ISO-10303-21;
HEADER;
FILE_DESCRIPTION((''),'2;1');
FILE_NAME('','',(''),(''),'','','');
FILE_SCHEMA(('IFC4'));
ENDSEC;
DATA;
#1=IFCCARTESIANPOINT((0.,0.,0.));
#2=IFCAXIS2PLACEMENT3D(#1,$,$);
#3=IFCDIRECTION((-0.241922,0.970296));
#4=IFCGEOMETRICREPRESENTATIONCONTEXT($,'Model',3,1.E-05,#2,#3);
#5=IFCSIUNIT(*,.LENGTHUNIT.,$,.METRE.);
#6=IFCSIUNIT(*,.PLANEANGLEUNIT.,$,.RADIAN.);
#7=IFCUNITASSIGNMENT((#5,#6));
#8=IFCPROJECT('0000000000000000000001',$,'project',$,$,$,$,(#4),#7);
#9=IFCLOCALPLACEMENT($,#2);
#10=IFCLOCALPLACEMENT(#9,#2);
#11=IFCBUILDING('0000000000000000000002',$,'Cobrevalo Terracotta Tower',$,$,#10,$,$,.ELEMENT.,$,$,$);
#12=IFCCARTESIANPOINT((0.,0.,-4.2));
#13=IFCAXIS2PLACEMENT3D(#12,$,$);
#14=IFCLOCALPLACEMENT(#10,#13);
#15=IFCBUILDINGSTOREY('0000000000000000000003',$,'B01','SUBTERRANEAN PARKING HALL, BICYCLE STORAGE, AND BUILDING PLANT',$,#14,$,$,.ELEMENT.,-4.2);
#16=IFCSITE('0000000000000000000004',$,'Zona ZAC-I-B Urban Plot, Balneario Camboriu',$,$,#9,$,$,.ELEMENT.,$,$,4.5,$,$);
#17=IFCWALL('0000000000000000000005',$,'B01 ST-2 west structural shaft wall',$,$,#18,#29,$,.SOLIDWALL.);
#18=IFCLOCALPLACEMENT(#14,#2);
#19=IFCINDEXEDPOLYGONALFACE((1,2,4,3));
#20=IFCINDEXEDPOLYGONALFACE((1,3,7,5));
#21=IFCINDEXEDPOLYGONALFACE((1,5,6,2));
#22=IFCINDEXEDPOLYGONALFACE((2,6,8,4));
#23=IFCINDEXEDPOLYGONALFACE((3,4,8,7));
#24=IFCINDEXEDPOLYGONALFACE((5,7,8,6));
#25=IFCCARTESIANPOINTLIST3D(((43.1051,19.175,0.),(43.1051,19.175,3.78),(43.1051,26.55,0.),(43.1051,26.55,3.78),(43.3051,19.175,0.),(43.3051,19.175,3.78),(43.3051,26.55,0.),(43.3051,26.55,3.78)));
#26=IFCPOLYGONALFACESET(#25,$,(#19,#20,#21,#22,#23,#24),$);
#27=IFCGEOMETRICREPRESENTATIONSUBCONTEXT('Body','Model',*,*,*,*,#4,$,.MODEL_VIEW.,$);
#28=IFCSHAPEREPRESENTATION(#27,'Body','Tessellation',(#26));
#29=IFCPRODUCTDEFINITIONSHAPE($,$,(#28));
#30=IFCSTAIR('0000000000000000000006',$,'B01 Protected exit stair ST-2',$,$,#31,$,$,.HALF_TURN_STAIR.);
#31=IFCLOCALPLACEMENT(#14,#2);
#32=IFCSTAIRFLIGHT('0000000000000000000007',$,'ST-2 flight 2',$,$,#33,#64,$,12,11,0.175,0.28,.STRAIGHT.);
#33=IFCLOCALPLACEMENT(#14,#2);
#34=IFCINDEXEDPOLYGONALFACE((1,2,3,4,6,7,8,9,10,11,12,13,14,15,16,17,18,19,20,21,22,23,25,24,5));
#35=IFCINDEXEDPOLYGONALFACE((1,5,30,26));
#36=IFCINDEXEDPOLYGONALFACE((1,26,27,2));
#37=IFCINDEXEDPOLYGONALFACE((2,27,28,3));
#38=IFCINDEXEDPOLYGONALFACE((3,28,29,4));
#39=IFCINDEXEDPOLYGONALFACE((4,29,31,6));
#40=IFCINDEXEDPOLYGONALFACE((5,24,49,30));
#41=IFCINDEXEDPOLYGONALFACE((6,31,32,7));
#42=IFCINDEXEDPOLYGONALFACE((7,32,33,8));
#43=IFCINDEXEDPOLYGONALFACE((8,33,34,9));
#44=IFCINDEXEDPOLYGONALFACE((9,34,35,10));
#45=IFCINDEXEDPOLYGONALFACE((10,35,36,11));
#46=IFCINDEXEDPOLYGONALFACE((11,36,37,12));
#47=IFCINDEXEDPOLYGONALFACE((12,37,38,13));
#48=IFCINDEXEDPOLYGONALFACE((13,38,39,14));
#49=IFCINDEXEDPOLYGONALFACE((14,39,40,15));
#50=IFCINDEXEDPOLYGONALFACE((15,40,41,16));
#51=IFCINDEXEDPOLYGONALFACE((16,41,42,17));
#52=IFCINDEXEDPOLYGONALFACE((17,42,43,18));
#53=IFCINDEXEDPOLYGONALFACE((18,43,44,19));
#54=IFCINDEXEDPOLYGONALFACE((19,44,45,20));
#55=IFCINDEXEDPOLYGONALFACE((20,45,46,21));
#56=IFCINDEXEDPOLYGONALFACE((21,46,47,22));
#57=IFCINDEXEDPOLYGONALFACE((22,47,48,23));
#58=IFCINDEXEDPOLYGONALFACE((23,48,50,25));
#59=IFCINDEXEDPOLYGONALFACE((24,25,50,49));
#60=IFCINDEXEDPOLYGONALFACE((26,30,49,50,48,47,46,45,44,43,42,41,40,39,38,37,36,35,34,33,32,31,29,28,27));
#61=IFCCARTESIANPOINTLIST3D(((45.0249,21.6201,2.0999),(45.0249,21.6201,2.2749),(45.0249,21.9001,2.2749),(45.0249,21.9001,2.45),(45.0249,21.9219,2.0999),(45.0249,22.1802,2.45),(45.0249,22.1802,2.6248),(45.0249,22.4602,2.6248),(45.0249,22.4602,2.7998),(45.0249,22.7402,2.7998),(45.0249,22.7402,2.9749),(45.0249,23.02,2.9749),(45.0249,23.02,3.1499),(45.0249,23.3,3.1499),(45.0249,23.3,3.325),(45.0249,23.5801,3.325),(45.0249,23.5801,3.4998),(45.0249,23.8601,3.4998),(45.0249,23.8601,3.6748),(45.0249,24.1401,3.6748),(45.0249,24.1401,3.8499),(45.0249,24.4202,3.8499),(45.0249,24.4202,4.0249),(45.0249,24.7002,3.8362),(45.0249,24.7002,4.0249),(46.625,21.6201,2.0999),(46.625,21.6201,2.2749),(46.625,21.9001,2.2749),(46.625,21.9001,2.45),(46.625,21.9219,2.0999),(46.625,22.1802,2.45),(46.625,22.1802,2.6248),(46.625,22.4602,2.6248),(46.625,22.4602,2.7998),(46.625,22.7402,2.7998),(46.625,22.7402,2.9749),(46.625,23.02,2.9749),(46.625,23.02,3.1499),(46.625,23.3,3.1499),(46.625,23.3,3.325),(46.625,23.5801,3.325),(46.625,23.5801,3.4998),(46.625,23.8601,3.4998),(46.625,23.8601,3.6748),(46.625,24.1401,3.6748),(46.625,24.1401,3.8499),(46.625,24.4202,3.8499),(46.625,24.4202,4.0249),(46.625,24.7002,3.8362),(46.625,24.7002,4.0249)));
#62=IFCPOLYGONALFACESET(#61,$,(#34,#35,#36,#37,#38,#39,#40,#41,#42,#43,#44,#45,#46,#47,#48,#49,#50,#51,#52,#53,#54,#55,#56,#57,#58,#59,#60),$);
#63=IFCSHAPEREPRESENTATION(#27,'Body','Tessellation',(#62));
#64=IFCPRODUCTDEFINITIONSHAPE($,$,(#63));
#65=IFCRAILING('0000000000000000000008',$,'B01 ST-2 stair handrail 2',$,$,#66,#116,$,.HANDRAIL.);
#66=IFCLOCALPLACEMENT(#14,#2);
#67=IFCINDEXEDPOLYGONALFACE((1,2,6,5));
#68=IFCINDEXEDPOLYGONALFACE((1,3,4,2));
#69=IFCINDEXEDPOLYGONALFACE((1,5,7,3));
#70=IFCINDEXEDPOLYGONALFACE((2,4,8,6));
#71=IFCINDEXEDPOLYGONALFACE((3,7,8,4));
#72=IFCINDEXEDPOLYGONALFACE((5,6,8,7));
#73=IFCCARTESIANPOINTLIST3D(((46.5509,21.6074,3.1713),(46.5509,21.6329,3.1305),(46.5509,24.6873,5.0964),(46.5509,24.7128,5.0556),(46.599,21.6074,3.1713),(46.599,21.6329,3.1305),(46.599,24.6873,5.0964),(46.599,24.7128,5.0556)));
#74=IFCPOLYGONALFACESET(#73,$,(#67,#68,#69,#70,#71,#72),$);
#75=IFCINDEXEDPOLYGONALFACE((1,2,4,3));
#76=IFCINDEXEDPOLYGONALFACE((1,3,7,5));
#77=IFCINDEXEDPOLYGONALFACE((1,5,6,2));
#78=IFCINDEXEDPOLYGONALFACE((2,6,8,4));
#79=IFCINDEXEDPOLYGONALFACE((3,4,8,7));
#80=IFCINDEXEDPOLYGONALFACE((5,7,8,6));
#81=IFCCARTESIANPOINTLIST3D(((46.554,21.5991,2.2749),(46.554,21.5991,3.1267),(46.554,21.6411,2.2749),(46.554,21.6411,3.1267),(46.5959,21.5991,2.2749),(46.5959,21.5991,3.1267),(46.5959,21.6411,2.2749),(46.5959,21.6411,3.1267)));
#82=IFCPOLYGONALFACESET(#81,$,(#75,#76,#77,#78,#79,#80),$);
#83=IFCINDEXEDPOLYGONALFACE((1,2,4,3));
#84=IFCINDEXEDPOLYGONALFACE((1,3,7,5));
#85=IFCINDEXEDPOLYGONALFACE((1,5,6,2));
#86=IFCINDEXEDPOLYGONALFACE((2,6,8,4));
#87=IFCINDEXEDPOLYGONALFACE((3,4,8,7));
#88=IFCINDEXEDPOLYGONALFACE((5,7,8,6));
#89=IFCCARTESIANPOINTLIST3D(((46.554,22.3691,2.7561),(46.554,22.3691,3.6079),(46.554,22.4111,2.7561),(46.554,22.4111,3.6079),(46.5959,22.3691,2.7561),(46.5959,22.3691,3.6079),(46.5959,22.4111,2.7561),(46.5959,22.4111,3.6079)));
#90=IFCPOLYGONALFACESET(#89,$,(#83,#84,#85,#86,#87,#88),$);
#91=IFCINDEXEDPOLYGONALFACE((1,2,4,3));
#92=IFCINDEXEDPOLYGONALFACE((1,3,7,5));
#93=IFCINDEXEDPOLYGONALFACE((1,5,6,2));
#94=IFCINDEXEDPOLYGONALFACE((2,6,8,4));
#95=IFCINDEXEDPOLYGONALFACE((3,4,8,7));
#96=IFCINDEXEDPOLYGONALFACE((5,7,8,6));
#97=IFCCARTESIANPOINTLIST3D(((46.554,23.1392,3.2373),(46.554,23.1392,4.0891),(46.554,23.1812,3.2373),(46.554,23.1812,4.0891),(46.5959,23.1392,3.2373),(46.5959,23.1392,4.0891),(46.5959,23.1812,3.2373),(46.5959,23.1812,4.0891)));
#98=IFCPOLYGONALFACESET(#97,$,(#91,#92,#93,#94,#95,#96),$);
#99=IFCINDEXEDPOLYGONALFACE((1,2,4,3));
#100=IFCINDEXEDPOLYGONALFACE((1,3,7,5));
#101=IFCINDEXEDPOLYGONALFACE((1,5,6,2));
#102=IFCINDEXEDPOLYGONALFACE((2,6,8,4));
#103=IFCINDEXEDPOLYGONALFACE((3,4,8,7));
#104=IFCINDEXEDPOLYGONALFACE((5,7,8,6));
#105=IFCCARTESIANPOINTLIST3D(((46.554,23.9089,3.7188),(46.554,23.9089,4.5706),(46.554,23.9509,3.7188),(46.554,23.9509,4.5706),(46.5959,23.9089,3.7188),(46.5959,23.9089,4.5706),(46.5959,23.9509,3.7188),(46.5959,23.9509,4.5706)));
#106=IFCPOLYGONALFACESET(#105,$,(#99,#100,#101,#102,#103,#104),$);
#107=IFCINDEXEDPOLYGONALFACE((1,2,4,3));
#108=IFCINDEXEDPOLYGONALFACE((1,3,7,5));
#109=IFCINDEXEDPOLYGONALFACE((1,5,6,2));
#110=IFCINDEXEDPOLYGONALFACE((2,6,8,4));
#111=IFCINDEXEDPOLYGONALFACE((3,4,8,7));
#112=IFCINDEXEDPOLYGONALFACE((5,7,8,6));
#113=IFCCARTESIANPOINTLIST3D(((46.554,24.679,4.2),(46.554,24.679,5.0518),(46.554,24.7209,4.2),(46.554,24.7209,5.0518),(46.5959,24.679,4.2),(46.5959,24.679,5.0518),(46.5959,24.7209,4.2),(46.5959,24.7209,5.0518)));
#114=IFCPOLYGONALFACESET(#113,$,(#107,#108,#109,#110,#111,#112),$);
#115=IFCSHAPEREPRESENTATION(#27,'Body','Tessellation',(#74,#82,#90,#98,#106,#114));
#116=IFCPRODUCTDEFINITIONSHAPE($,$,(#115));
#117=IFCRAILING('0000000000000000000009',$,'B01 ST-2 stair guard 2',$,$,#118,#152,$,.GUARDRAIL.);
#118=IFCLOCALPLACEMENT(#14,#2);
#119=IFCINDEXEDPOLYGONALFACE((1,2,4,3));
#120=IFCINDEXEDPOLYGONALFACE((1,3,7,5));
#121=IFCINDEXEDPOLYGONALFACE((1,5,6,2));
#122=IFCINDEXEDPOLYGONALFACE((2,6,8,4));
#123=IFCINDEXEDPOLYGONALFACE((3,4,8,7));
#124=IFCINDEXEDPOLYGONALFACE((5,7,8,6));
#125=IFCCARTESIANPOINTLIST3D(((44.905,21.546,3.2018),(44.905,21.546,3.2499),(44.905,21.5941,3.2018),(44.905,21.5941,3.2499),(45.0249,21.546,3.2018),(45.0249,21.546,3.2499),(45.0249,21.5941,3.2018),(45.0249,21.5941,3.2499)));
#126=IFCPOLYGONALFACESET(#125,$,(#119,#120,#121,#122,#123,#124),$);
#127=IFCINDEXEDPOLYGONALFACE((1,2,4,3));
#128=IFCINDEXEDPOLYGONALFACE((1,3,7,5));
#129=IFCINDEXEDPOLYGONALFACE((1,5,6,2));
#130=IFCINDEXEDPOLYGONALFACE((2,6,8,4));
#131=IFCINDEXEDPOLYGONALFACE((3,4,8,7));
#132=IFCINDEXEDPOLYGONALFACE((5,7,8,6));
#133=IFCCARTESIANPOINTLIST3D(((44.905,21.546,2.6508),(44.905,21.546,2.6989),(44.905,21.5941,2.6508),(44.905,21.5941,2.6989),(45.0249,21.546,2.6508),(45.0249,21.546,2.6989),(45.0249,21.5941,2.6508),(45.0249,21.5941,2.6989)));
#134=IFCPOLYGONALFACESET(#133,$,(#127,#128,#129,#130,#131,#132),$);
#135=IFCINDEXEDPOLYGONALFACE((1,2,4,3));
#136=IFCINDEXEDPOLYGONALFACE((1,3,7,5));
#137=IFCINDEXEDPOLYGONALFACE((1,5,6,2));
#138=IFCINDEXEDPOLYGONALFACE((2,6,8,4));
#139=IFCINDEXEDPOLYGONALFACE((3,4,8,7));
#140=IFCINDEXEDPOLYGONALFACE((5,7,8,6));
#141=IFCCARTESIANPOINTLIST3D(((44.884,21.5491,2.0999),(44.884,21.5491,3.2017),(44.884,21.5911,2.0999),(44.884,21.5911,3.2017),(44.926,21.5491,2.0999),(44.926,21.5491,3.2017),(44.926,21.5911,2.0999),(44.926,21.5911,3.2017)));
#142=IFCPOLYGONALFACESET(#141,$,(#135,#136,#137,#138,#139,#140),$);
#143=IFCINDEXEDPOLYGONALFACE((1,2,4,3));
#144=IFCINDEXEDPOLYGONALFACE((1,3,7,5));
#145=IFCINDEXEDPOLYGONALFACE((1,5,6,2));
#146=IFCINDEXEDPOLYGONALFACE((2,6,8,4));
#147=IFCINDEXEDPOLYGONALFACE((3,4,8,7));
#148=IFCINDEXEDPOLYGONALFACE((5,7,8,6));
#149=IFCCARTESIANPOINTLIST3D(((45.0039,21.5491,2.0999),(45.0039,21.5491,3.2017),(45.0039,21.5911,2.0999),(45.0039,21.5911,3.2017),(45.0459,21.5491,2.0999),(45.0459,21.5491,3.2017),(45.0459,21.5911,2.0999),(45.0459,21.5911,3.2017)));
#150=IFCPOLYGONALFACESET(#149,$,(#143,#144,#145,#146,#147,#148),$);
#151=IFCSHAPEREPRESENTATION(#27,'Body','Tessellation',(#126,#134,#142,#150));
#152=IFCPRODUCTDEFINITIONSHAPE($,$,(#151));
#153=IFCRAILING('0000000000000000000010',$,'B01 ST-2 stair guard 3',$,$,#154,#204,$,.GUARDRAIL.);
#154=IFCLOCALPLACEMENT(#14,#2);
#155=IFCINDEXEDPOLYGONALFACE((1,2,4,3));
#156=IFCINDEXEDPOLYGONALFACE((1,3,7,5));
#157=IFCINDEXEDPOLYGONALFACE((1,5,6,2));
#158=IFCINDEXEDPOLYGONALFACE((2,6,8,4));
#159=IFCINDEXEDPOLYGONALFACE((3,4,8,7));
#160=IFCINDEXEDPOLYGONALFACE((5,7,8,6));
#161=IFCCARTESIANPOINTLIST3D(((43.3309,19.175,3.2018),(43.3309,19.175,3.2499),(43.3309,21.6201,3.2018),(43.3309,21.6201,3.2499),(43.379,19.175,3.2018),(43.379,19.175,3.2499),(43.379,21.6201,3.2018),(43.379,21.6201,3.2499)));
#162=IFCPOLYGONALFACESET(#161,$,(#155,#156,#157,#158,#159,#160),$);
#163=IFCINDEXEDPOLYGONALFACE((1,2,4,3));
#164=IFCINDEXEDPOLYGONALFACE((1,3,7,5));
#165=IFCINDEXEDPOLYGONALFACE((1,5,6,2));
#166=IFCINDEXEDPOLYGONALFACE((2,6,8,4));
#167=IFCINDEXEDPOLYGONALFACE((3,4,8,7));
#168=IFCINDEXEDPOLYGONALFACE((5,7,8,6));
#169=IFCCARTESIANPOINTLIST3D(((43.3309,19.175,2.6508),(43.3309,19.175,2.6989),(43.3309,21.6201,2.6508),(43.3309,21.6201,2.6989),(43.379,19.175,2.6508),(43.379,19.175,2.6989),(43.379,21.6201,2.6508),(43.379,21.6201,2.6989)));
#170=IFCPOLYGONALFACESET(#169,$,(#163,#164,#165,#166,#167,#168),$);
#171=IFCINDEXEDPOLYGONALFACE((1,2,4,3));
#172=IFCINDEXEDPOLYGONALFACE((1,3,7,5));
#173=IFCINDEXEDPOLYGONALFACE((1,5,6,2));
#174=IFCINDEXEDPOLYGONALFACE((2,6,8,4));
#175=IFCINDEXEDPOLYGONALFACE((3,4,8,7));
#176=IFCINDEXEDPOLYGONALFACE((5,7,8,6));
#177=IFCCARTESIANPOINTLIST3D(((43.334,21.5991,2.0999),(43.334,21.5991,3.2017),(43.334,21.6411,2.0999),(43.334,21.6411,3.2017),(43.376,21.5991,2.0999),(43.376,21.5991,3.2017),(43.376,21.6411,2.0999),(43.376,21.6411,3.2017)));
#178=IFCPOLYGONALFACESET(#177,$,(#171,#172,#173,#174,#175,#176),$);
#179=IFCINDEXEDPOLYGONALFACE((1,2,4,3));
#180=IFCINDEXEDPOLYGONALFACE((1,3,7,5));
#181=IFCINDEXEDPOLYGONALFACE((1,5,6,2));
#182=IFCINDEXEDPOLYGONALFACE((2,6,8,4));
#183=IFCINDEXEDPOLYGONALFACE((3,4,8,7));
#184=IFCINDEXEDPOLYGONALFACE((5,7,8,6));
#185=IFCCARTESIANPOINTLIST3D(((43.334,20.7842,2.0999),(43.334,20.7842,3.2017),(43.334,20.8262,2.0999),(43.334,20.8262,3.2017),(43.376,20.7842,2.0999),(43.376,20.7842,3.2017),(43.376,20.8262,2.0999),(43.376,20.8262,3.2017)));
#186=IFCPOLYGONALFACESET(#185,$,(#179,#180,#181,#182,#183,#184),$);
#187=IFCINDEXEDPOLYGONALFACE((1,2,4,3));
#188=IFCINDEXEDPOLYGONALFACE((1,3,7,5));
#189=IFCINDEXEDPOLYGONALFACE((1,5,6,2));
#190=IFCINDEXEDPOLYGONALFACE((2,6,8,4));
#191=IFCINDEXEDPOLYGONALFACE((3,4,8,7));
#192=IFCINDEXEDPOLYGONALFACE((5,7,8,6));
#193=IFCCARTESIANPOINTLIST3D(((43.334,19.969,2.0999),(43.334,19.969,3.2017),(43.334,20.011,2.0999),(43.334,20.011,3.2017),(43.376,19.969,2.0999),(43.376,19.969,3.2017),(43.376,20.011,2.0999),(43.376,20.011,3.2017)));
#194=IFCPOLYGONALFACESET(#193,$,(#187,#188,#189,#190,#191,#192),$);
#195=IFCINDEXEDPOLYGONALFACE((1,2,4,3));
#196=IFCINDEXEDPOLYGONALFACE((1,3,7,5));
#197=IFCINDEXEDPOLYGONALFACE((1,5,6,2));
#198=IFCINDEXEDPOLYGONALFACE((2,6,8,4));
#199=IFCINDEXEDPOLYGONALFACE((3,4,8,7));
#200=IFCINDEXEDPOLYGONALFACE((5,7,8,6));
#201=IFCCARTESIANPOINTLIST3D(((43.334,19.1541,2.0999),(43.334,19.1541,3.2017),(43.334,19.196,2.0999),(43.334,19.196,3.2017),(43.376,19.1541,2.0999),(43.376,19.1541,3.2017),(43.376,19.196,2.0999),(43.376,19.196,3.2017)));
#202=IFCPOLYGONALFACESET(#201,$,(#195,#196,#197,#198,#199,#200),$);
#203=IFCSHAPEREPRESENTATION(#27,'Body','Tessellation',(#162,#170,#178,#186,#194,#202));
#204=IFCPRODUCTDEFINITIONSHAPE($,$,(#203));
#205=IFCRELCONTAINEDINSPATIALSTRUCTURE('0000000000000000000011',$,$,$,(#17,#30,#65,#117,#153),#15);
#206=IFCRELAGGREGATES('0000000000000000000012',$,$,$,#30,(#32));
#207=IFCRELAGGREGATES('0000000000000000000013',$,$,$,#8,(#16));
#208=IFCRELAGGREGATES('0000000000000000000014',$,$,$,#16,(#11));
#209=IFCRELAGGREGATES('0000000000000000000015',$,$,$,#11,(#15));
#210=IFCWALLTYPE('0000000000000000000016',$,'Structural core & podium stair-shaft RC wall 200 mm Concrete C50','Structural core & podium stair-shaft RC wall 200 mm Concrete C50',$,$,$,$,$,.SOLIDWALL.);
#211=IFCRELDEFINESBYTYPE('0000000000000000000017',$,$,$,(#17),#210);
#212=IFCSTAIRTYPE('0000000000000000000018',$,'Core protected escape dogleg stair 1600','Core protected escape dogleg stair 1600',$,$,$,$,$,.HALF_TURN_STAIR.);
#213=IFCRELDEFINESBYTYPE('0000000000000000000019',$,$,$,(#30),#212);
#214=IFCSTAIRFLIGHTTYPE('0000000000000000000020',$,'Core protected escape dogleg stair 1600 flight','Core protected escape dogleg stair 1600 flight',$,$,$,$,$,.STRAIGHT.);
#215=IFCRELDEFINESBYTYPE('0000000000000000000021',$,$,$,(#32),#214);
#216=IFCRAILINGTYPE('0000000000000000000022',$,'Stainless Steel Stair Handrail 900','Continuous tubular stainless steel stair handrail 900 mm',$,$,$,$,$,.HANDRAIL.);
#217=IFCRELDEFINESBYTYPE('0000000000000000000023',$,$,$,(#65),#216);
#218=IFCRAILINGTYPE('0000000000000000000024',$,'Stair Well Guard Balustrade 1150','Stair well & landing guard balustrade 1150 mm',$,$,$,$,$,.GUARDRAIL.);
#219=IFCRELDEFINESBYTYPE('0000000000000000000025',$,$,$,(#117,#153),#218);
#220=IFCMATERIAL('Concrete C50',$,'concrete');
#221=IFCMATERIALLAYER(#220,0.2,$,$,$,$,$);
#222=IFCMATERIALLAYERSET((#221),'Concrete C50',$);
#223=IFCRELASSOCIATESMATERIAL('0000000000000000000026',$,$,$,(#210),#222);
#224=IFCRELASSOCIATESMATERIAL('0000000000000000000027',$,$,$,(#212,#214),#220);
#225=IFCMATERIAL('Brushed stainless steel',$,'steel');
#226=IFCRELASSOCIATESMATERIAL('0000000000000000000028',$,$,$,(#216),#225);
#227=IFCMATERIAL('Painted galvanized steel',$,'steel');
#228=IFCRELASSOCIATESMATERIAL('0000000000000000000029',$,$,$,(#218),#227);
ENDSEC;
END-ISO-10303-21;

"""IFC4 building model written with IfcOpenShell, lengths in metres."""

from ifc_helpers import new_model, si_unit, direction, frame, frame_2d, origin, origin_2d, place, context, subcontext, project, spatial, polyline, rectangle, outline, extrude, material, layer, layer_set, type_object, element, aggregate, save


model = new_model("IFC4")

# Units and contexts
model_context = context("Model", 3, precision=1e-05, world=origin(), true_north=direction((-0.241922, 0.970296)))
body_context = subcontext(model_context, "Body", "Model", "MODEL_VIEW")
ifc_project = project(units=[si_unit("LENGTHUNIT", "METRE"), si_unit("PLANEANGLEUNIT", "RADIAN")], contexts=[model_context])

# Site, building, storey
site_placement = place(None, origin())
site = spatial("IfcSite", under=ifc_project, at=site_placement, Name="Zona ZAC-I-B Urban Plot, Balneario Camboriu", CompositionType="ELEMENT", RefElevation=4.5)
building_placement = place(site_placement, origin())
building = spatial("IfcBuilding", under=site, at=building_placement, Name="Cobrevalo Terracotta Tower", CompositionType="ELEMENT")
storey_placement = place(building_placement, frame((0.0, 0.0, -4.2)))
storey = spatial("IfcBuildingStorey", under=building, at=storey_placement, Name="B01", Description="SUBTERRANEAN PARKING HALL, BICYCLE STORAGE, AND BUILDING PLANT", CompositionType="ELEMENT", Elevation=-4.2)

# Wall
ifc_material_1 = material(Name="Concrete C50", Category="concrete")
ifc_layer_1 = layer(ifc_material_1, 0.2)
ifc_layer_set_1 = layer_set([ifc_layer_1], Name="Concrete C50")
wall_type_1 = type_object("IfcWallType", Name="Structural core & podium stair-shaft RC wall 200 mm Concrete C50", Description="Structural core & podium stair-shaft RC wall 200 mm Concrete C50", PredefinedType="SOLIDWALL", material=ifc_layer_set_1)
wall_1_placement = place(storey_placement, frame((43.2051, 19.175, 0.0), z_axis=(0.0, 0.0, 1.0), x_axis=(0.0, 1.0, 0.0)))
element("IfcWall", 1, at=wall_1_placement, inside=storey, type_object=wall_type_1, Name="B01 ST-2 west structural shaft wall", PredefinedType="SOLIDWALL", context=body_context, shape_type="SweptSolid", body=[
    extrude(rectangle(XDim=7.375, YDim=0.2, at=frame_2d((3.6875, 0.0))), origin(), (0.0, 0.0, 1.0), 3.78),
])

# Stair, stair flight
stair_type = type_object("IfcStairType", Name="Core protected escape dogleg stair 1600", Description="Core protected escape dogleg stair 1600", PredefinedType="HALF_TURN_STAIR", material=ifc_material_1)
stair_placement = place(storey_placement, origin())
stair = element("IfcStair", 2, at=stair_placement, inside=storey, type_object=stair_type, Name="B01 Protected exit stair ST-2", PredefinedType="HALF_TURN_STAIR")
stair_flight_type = type_object("IfcStairFlightType", Name="Core protected escape dogleg stair 1600 flight", Description="Core protected escape dogleg stair 1600 flight", PredefinedType="STRAIGHT", material=ifc_material_1)
stair_flight_placement = place(storey_placement, frame((45.825, 21.6201, 2.0999), z_axis=(0.0, 0.0, 1.0), x_axis=(0.0, 1.0, 0.0)))
stair_flight = element("IfcStairFlight", 3, at=stair_flight_placement, type_object=stair_flight_type, Name="ST-2 flight 2", NumberOfRisers=12, NumberOfTreads=11, PredefinedType="STRAIGHT", RiserHeight=0.175, TreadLength=0.28, context=body_context, shape_type="SweptSolid", body=[
    extrude(outline(polyline([(0.0, 0.0), (0.0, 0.175), (0.28, 0.175), (0.28, 0.3501), (0.5601, 0.3501), (0.5601, 0.5249), (0.8401, 0.5249), (0.8401, 0.7), (1.1201, 0.7), (1.1201, 0.875), (1.3999, 0.875), (1.3999, 1.05), (1.6799, 1.05), (1.6799, 1.2251), (1.96, 1.2251), (1.96, 1.3999), (2.24, 1.3999), (2.24, 1.575), (2.52, 1.575), (2.52, 1.75), (2.8, 1.75), (2.8, 1.925), (3.0801, 1.925), (3.0801, 2.1001), (3.0801, 1.7363), (0.3018, 0.0), (0.0, 0.0)])), frame((0.0, 0.8, 0.0), z_axis=(0.0, -1.0, 0.0), x_axis=(1.0, 0.0, 0.0)), (0.0, 0.0, 1.0), 1.6001),
])
aggregate(stair, [stair_flight])

# Railings
ifc_material_2 = material(Name="Brushed stainless steel", Category="steel")
railing_type_1 = type_object("IfcRailingType", Name="Stainless Steel Stair Handrail 900", Description="Continuous tubular stainless steel stair handrail 900 mm", PredefinedType="HANDRAIL", material=ifc_material_2)
railing_1_placement = place(storey_placement, frame((46.575, 21.6201, 2.2749)))
element("IfcRailing", 4, at=railing_1_placement, inside=storey, type_object=railing_type_1, Name="B01 ST-2 stair handrail 2", PredefinedType="HANDRAIL", context=body_context, shape_type="SweptSolid", body=[
    extrude(rectangle(XDim=0.0481, YDim=0.0481, at=origin_2d()), frame((0.0, 0.0, 0.876), z_axis=(0.0, 0.847979, 0.530029), x_axis=(-1.0, 0.0, 0.0)), (0.0, 0.0, 1.0), 3.6321),
    extrude(rectangle(XDim=0.042, YDim=0.042, at=origin_2d()), origin(), (0.0, 0.0, 1.0), 0.8518),
    extrude(rectangle(XDim=0.042, YDim=0.042, at=origin_2d()), frame((0.0, 0.77, 0.4812)), (0.0, 0.0, 1.0), 0.8518),
    extrude(rectangle(XDim=0.042, YDim=0.042, at=origin_2d()), frame((0.0, 1.54, 0.9624)), (0.0, 0.0, 1.0), 0.8518),
    extrude(rectangle(XDim=0.042, YDim=0.042, at=origin_2d()), frame((0.0, 2.3098, 1.4438)), (0.0, 0.0, 1.0), 0.8518),
    extrude(rectangle(XDim=0.042, YDim=0.042, at=origin_2d()), frame((0.0, 3.0798, 1.925)), (0.0, 0.0, 1.0), 0.8518),
])
ifc_material_3 = material(Name="Painted galvanized steel", Category="steel")
railing_type_2 = type_object("IfcRailingType", Name="Stair Well Guard Balustrade 1150", Description="Stair well & landing guard balustrade 1150 mm", PredefinedType="GUARDRAIL", material=ifc_material_3)
railing_2_placement = place(storey_placement, frame((44.905, 21.5701, 2.0999)))
element("IfcRailing", 5, at=railing_2_placement, inside=storey, type_object=railing_type_2, Name="B01 ST-2 stair guard 2", PredefinedType="GUARDRAIL", context=body_context, shape_type="SweptSolid", body=[
    extrude(rectangle(XDim=0.0481, YDim=0.0481, at=origin_2d()), frame((0.0, 0.0, 1.126), z_axis=(1.0, 0.0, 0.0), x_axis=(0.0, 1.0, 0.0)), (0.0, 0.0, 1.0), 0.1199),
    extrude(rectangle(XDim=0.0481, YDim=0.0481, at=origin_2d()), frame((0.0, 0.0, 0.575), z_axis=(1.0, 0.0, 0.0), x_axis=(0.0, 1.0, 0.0)), (0.0, 0.0, 1.0), 0.1199),
    extrude(rectangle(XDim=0.042, YDim=0.042, at=origin_2d()), origin(), (0.0, 0.0, 1.0), 1.1018),
    extrude(rectangle(XDim=0.042, YDim=0.042, at=origin_2d()), frame((0.1199, 0.0, 0.0)), (0.0, 0.0, 1.0), 1.1018),
])
for number, where, name in (
    (6, (43.355, 21.6201, 2.0999), "B01 ST-2 stair guard 3"),
):
    element("IfcRailing", number, at=place(storey_placement, frame(where)), inside=storey, type_object=railing_type_2, Name=name, PredefinedType="GUARDRAIL", context=body_context, shape_type="SweptSolid", body=[
        extrude(rectangle(XDim=0.0481, YDim=0.0481, at=origin_2d()), frame((0.0, 0.0, 1.126), z_axis=(0.0, -1.0, 0.0), x_axis=(1.0, 0.0, 0.0)), (0.0, 0.0, 1.0), 2.4451),
        extrude(rectangle(XDim=0.0481, YDim=0.0481, at=origin_2d()), frame((0.0, 0.0, 0.575), z_axis=(0.0, -1.0, 0.0), x_axis=(1.0, 0.0, 0.0)), (0.0, 0.0, 1.0), 2.4451),
        extrude(rectangle(XDim=0.042, YDim=0.042, at=origin_2d()), origin(), (0.0, 0.0, 1.0), 1.1018),
        extrude(rectangle(XDim=0.042, YDim=0.042, at=origin_2d()), frame((0.0, -0.8149, 0.0)), (0.0, 0.0, 1.0), 1.1018),
        extrude(rectangle(XDim=0.042, YDim=0.042, at=origin_2d()), frame((0.0, -1.6301, 0.0)), (0.0, 0.0, 1.0), 1.1018),
        extrude(rectangle(XDim=0.042, YDim=0.042, at=origin_2d()), frame((0.0, -2.4451, 0.0)), (0.0, 0.0, 1.0), 1.1018),
    ])

save(model, "model.ifc")
